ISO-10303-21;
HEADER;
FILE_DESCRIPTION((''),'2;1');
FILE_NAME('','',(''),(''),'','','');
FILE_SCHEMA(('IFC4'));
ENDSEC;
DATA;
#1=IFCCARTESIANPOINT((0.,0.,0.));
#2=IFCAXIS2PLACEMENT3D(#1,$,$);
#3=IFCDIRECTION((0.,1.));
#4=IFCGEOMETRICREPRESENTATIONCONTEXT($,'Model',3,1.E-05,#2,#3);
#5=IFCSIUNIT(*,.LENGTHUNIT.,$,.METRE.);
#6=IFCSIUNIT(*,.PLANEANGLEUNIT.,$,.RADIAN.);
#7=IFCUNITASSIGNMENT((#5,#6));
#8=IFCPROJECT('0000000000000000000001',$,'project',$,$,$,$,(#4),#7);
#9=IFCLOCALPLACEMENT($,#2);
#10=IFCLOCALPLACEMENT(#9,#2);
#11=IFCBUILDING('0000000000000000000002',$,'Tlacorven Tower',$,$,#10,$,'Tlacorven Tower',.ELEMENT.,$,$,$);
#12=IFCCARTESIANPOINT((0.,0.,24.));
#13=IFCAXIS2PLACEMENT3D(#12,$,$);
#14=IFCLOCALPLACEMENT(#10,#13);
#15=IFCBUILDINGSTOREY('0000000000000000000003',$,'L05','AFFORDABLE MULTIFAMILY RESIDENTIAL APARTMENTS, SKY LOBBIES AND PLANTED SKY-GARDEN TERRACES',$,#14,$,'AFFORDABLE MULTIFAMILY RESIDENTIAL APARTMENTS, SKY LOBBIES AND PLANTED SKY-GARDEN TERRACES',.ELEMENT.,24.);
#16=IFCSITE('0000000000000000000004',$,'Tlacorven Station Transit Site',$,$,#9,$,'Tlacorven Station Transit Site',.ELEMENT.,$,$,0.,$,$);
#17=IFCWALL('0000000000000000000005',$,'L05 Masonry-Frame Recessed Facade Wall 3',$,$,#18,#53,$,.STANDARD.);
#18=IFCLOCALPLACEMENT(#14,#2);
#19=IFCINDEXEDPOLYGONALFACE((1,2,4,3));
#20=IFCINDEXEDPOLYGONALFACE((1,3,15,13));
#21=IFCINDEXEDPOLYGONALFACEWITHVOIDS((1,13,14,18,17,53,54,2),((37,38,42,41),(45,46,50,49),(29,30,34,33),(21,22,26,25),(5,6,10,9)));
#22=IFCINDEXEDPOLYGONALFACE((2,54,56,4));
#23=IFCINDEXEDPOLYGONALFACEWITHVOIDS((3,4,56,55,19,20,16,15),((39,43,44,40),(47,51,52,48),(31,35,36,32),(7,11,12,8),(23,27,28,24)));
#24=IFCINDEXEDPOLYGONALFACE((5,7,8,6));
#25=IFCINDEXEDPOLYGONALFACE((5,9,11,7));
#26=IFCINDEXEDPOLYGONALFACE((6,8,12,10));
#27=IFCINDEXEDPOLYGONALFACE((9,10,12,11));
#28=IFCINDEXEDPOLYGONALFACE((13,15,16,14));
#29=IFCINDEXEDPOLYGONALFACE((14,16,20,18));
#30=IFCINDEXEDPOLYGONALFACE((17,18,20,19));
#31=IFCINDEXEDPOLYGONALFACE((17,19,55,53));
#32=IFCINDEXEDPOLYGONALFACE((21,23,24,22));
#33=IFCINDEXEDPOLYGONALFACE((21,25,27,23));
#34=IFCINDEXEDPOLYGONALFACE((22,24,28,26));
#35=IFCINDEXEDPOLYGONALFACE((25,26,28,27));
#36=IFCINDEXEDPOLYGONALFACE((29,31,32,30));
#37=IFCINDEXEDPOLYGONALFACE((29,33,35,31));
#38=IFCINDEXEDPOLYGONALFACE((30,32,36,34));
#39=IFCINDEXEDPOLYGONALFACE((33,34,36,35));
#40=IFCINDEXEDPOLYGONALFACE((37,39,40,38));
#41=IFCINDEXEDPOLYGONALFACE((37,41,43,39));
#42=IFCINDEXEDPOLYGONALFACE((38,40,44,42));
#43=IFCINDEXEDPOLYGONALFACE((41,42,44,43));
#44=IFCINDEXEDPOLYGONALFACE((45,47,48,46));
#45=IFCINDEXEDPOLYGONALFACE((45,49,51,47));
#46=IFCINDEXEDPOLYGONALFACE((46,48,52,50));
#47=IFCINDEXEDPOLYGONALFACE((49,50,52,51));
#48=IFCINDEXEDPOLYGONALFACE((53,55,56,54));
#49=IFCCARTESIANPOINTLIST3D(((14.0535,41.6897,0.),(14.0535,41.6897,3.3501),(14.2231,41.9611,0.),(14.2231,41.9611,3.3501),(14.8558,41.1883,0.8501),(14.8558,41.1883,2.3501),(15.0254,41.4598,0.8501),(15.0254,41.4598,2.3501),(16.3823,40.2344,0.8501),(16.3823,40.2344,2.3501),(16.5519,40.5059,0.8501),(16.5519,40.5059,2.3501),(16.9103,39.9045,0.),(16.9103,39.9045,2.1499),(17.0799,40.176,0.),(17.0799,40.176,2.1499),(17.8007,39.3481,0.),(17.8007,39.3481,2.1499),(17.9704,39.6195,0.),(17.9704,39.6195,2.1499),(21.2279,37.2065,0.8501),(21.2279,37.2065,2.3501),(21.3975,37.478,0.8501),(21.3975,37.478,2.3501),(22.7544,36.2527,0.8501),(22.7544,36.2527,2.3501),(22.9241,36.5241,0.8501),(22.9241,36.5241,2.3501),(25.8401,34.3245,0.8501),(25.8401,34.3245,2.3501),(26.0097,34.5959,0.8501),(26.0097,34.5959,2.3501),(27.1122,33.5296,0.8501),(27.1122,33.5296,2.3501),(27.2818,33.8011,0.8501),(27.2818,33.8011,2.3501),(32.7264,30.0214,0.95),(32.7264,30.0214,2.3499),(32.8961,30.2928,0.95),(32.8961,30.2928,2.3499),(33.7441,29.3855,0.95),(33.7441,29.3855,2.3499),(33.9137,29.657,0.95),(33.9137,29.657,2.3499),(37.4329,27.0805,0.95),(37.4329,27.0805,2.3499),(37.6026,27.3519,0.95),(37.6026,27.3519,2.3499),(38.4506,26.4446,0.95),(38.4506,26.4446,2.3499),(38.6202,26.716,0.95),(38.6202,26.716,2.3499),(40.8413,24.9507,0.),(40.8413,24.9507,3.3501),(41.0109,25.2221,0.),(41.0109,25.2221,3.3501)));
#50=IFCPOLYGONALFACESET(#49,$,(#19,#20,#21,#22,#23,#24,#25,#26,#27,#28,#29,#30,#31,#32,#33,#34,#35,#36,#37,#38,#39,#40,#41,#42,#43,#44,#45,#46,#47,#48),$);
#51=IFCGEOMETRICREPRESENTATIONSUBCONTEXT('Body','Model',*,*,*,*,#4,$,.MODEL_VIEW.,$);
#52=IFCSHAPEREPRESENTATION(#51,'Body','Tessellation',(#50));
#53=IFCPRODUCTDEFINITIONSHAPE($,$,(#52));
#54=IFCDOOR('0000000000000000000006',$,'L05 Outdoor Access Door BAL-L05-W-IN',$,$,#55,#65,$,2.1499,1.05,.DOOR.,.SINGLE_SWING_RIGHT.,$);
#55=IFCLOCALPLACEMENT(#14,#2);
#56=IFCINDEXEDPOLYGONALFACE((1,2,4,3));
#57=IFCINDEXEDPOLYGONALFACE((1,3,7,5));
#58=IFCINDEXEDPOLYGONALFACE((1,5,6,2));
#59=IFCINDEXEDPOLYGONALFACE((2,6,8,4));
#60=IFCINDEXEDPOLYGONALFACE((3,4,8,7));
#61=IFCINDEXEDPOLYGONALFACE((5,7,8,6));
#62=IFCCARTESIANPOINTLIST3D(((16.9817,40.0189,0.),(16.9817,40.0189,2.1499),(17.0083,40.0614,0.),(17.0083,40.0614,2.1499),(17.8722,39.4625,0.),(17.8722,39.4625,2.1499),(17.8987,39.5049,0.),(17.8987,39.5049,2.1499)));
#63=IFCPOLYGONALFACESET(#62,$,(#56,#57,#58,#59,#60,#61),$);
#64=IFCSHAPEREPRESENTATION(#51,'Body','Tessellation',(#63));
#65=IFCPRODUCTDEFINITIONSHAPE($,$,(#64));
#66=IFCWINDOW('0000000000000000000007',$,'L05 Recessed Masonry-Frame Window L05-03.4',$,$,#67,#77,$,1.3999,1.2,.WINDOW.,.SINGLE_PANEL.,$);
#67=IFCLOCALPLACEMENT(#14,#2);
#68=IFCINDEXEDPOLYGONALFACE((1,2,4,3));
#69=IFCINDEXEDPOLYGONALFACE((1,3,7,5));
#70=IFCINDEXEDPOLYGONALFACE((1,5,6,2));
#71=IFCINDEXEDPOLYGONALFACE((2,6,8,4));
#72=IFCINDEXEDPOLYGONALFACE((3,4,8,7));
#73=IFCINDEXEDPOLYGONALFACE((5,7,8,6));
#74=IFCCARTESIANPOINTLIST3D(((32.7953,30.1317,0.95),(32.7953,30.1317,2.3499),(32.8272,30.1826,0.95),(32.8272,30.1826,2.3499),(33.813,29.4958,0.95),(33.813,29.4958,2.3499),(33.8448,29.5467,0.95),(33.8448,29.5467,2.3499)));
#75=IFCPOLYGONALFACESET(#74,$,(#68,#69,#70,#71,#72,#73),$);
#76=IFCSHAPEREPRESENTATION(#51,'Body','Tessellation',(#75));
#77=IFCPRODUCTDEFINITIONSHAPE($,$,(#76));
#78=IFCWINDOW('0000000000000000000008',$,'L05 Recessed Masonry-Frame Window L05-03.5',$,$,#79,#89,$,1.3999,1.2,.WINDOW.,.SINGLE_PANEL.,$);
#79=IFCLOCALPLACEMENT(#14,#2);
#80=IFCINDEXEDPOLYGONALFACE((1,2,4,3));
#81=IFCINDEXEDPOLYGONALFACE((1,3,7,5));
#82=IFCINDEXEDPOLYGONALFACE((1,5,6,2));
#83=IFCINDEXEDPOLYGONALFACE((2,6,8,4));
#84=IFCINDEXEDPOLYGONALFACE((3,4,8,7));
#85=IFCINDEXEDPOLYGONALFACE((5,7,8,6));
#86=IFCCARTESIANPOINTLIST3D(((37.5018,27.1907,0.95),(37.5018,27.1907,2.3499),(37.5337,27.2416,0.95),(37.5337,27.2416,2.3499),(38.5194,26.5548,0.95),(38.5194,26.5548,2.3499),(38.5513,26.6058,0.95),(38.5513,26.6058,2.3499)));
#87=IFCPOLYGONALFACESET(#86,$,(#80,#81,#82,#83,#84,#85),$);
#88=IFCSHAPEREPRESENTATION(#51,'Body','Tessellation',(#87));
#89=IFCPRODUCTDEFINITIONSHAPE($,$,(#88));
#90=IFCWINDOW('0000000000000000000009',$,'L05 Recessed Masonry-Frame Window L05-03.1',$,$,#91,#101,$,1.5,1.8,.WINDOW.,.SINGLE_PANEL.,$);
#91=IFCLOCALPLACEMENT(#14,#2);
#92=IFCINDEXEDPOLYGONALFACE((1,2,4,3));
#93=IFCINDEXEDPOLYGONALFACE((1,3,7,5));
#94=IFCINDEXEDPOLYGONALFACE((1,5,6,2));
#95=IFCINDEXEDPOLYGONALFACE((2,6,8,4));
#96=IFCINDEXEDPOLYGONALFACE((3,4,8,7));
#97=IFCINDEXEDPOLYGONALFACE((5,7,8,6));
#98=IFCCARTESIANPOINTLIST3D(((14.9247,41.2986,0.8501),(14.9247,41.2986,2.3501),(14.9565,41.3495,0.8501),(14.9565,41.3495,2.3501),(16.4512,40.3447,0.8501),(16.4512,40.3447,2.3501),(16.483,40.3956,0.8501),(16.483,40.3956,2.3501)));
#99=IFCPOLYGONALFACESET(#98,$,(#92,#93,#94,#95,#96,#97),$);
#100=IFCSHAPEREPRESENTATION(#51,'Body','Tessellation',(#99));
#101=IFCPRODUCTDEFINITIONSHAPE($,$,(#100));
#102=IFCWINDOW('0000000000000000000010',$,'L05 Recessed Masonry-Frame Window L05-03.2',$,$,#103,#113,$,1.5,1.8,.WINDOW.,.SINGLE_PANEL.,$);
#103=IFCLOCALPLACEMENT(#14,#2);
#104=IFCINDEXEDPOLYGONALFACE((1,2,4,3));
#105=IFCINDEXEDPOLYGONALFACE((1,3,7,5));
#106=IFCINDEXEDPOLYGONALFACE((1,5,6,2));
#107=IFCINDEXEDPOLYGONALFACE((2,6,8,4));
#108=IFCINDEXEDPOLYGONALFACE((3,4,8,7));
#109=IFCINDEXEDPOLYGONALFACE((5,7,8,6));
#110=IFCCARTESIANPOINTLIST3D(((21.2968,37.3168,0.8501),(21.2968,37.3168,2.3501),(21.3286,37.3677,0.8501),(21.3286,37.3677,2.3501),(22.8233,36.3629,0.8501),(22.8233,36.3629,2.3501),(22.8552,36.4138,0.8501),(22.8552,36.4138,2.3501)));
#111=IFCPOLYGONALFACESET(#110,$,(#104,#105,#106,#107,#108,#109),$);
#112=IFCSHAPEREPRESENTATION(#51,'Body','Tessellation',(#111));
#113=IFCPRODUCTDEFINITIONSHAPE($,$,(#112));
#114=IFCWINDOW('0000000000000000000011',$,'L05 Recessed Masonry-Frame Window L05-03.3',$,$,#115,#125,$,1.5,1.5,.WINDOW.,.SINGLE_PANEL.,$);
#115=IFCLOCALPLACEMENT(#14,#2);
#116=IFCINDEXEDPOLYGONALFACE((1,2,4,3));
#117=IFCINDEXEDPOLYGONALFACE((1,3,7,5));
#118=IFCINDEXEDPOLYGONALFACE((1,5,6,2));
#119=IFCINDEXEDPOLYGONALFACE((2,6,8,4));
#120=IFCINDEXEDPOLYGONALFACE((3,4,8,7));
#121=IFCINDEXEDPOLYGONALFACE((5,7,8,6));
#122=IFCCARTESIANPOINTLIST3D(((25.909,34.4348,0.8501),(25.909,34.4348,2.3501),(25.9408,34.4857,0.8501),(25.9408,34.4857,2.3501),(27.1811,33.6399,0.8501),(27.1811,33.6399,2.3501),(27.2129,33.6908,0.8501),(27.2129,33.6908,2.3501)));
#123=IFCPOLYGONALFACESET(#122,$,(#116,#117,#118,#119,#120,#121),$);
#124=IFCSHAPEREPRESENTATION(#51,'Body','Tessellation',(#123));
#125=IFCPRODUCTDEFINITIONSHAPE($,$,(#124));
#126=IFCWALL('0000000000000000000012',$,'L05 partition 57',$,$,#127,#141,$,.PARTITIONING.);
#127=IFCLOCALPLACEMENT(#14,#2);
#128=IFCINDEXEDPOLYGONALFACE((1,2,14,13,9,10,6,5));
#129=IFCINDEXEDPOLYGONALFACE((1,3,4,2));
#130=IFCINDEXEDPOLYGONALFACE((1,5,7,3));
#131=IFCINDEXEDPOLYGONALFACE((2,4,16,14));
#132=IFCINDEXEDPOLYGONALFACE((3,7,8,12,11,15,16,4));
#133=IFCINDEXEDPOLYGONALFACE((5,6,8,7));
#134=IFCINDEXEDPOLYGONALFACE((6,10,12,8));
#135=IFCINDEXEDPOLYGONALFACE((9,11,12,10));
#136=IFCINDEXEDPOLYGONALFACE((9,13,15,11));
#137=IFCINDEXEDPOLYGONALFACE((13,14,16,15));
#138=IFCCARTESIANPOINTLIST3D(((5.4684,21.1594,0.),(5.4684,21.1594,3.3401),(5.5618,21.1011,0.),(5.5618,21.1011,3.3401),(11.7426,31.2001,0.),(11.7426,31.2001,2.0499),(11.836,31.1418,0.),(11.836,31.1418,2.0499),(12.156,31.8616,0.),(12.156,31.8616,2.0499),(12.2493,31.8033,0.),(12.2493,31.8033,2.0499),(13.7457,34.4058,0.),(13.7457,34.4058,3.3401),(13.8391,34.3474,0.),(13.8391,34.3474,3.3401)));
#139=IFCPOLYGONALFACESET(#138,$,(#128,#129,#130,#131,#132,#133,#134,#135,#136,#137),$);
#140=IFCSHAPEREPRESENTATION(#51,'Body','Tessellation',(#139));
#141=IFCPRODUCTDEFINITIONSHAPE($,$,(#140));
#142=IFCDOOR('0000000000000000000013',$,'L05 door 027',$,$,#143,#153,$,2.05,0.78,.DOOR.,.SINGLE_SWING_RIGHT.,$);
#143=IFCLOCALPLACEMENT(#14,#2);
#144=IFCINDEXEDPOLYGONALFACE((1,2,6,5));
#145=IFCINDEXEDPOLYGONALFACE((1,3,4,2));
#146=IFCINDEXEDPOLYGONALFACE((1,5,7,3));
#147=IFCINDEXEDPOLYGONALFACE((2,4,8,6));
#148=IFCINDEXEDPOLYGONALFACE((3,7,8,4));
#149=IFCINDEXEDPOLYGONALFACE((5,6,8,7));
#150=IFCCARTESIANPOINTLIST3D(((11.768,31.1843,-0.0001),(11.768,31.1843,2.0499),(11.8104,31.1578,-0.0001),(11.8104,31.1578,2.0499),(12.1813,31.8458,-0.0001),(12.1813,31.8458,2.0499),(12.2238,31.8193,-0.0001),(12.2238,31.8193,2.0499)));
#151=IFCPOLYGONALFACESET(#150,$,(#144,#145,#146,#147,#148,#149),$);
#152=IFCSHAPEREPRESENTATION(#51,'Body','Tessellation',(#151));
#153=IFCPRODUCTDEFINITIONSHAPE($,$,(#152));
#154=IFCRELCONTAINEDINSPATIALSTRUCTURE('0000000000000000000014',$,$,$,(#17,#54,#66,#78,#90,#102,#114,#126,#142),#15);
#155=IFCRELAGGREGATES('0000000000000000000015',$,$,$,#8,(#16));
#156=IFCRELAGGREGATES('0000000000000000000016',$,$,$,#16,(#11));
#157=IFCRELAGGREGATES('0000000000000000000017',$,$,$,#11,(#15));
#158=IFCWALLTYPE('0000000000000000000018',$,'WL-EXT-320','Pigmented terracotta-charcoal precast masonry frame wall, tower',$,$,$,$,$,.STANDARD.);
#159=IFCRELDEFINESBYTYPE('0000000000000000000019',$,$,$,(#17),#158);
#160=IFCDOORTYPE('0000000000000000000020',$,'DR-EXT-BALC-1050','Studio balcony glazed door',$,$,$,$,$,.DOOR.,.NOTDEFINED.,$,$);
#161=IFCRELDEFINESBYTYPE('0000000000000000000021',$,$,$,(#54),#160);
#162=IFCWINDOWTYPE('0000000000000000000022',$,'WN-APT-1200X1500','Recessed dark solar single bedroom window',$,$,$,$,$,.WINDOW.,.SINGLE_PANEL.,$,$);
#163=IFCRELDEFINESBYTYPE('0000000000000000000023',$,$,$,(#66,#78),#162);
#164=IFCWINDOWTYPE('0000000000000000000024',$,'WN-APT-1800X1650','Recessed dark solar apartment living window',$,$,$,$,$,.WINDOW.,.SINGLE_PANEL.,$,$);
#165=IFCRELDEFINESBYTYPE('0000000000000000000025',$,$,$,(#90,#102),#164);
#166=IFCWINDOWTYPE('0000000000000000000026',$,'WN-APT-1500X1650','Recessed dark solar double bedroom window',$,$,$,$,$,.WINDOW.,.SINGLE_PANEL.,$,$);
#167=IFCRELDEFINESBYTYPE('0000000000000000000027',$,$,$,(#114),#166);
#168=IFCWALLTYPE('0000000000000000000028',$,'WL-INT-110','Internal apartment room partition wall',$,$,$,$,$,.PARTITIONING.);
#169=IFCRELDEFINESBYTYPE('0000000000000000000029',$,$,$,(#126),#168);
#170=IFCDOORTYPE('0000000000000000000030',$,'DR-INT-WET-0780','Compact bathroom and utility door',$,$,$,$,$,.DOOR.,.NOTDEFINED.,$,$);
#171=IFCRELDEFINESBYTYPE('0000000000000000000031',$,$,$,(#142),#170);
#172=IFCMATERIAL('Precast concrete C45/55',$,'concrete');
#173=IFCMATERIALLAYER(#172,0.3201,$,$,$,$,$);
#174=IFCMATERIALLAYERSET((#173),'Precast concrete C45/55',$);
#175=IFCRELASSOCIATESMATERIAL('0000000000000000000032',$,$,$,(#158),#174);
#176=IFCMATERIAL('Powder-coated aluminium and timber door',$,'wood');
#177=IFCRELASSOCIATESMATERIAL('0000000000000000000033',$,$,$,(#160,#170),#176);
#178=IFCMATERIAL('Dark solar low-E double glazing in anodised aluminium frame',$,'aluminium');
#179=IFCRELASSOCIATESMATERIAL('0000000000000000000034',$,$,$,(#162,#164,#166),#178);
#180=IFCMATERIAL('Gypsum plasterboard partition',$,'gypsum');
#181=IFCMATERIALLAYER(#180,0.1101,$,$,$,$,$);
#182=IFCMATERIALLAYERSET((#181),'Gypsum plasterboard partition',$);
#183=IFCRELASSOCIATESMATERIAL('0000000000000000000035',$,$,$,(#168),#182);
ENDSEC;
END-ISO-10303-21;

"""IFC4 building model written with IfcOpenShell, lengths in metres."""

from ifc_helpers import new_model, si_unit, direction, frame, frame_2d, origin, place, context, subcontext, project, spatial, rectangle, extrude, source, transform, mapped, material, layer, layer_set, type_object, element, fill, save


model = new_model("IFC4")

# Units and contexts
model_context = context("Model", 3, precision=1e-05, world=origin(), true_north=direction((0.0, 1.0)))
body_context = subcontext(model_context, "Body", "Model", "MODEL_VIEW")
ifc_project = project(units=[si_unit("LENGTHUNIT", "METRE"), si_unit("PLANEANGLEUNIT", "RADIAN")], contexts=[model_context])

# Site, building, storey
site_placement = place(None, origin())
site = spatial("IfcSite", under=ifc_project, at=site_placement, Name="Tlacorven Station Transit Site", LongName="Tlacorven Station Transit Site", CompositionType="ELEMENT", RefElevation=0.0)
building_placement = place(site_placement, origin())
building = spatial("IfcBuilding", under=site, at=building_placement, Name="Tlacorven Tower", LongName="Tlacorven Tower", CompositionType="ELEMENT")
storey_placement = place(building_placement, frame((0.0, 0.0, 24.0)))
storey = spatial("IfcBuildingStorey", under=building, at=storey_placement, Name="L05", Description="AFFORDABLE MULTIFAMILY RESIDENTIAL APARTMENTS, SKY LOBBIES AND PLANTED SKY-GARDEN TERRACES", LongName="AFFORDABLE MULTIFAMILY RESIDENTIAL APARTMENTS, SKY LOBBIES AND PLANTED SKY-GARDEN TERRACES", CompositionType="ELEMENT", Elevation=24.0)

# Wall, openings, door, windows
ifc_material_1 = material(Name="Precast concrete C45/55", Category="concrete")
ifc_layer_1 = layer(ifc_material_1, 0.3201)
ifc_layer_set_1 = layer_set([ifc_layer_1], Name="Precast concrete C45/55")
wall_type_1 = type_object("IfcWallType", Name="WL-EXT-320", Description="Pigmented terracotta-charcoal precast masonry frame wall, tower", PredefinedType="STANDARD", material=ifc_layer_set_1)
wall_1_placement = place(storey_placement, frame((14.1382, 41.8254, 0.0), z_axis=(0.0, 0.0, 1.0), x_axis=(0.848046, -0.529922, 0.0)))
wall_1 = element("IfcWall", 1, at=wall_1_placement, inside=storey, type_object=wall_type_1, Name="L05 Masonry-Frame Recessed Facade Wall 3", PredefinedType="STANDARD", context=body_context, shape_type="SweptSolid", body=[
    extrude(rectangle(XDim=31.5876, YDim=0.3201, at=frame_2d((15.7939, 0.0))), origin(), (0.0, 0.0, 1.0), 3.3501),
])
opening_1_placement = place(wall_1_placement, frame((3.3689, 0.0, 0.0)))
opening_1 = element("IfcOpeningElement", 2, at=opening_1_placement, cuts=wall_1, PredefinedType="OPENING", context=body_context, shape_type="SweptSolid", body=[
    extrude(rectangle(XDim=1.05, YDim=2.1499, at=frame_2d((0.5249, 1.075))), frame((0.0, 0.1699, 0.0), z_axis=(0.0, -1.0, 0.0), x_axis=(1.0, 0.0, 0.0)), (0.0, 0.0, 1.0), 0.3401),
])
opening_2_placement = place(wall_1_placement, frame((0.9463, 0.0, 0.8501)))
opening_2 = element("IfcOpeningElement", 3, at=opening_2_placement, cuts=wall_1, PredefinedType="OPENING", context=body_context, shape_type="SweptSolid", body=[
    extrude(rectangle(XDim=1.8, YDim=1.5, at=frame_2d((0.8999, 0.75))), frame((0.0, 0.1699, 0.0), z_axis=(0.0, -1.0, 0.0), x_axis=(1.0, 0.0, 0.0)), (0.0, 0.0, 1.0), 0.3401),
])
opening_3_placement = place(wall_1_placement, frame((8.4602, 0.0, 0.8501)))
opening_3 = element("IfcOpeningElement", 4, at=opening_3_placement, cuts=wall_1, PredefinedType="OPENING", context=body_context, shape_type="SweptSolid", body=[
    extrude(rectangle(XDim=1.8, YDim=1.5, at=frame_2d((0.8999, 0.75))), frame((0.0, 0.1699, 0.0), z_axis=(0.0, -1.0, 0.0), x_axis=(1.0, 0.0, 0.0)), (0.0, 0.0, 1.0), 0.3401),
])
opening_4_placement = place(wall_1_placement, frame((13.8987, 0.0, 0.8501)))
opening_4 = element("IfcOpeningElement", 5, at=opening_4_placement, cuts=wall_1, PredefinedType="OPENING", context=body_context, shape_type="SweptSolid", body=[
    extrude(rectangle(XDim=1.5, YDim=1.5, at=frame_2d((0.75, 0.75))), frame((0.0, 0.1699, 0.0), z_axis=(0.0, -1.0, 0.0), x_axis=(1.0, 0.0, 0.0)), (0.0, 0.0, 1.0), 0.3401),
])
opening_5_placement = place(wall_1_placement, frame((22.0188, 0.0, 0.95)))
opening_5 = element("IfcOpeningElement", 6, at=opening_5_placement, cuts=wall_1, PredefinedType="OPENING", context=body_context, shape_type="SweptSolid", body=[
    extrude(rectangle(XDim=1.2, YDim=1.3999, at=frame_2d((0.6001, 0.7))), frame((0.0, 0.1699, 0.0), z_axis=(0.0, -1.0, 0.0), x_axis=(1.0, 0.0, 0.0)), (0.0, 0.0, 1.0), 0.3401),
])
opening_6_placement = place(wall_1_placement, frame((27.5686, 0.0, 0.95)))
opening_6 = element("IfcOpeningElement", 7, at=opening_6_placement, cuts=wall_1, PredefinedType="OPENING", context=body_context, shape_type="SweptSolid", body=[
    extrude(rectangle(XDim=1.2, YDim=1.3999, at=frame_2d((0.6001, 0.7))), frame((0.0, 0.1699, 0.0), z_axis=(0.0, -1.0, 0.0), x_axis=(1.0, 0.0, 0.0)), (0.0, 0.0, 1.0), 0.3401),
])
ifc_material_2 = material(Name="Powder-coated aluminium and timber door", Category="wood")
door_type_1 = type_object("IfcDoorType", Name="DR-EXT-BALC-1050", Description="Studio balcony glazed door", OperationType="NOTDEFINED", PredefinedType="DOOR", material=ifc_material_2)
shared_shape_1 = source(origin(), body_context, "Body", "SweptSolid", [
    extrude(rectangle(XDim=1.05, YDim=2.1499, at=frame_2d((0.5249, 1.075))), frame((0.0, 0.0249, 0.0), z_axis=(0.0, -1.0, 0.0), x_axis=(1.0, 0.0, 0.0)), (0.0, 0.0, 1.0), 0.05),
])
door_1_placement = place(opening_1_placement, origin())
door_1 = element("IfcDoor", 8, at=door_1_placement, inside=storey, type_object=door_type_1, Name="L05 Outdoor Access Door BAL-L05-W-IN", OperationType="SINGLE_SWING_RIGHT", OverallHeight=2.1499, OverallWidth=1.05, PredefinedType="DOOR", context=body_context, shape_type="MappedRepresentation", body=[
    mapped(shared_shape_1, transform((0.0, 0.0, 0.0), scale=1.0)),
])
fill(opening_1, door_1)
ifc_material_3 = material(Name="Dark solar low-E double glazing in anodised aluminium frame", Category="aluminium")
window_type_1 = type_object("IfcWindowType", Name="WN-APT-1200X1500", Description="Recessed dark solar single bedroom window", PartitioningType="SINGLE_PANEL", PredefinedType="WINDOW", material=ifc_material_3)
shared_shape_2 = source(origin(), body_context, "Body", "SweptSolid", [
    extrude(rectangle(XDim=1.2, YDim=1.3999, at=frame_2d((0.6001, 0.7))), frame((0.0, 0.03, 0.0), z_axis=(0.0, -1.0, 0.0), x_axis=(1.0, 0.0, 0.0)), (0.0, 0.0, 1.0), 0.0601),
])
window_1_placement = place(opening_5_placement, origin())
window_1 = element("IfcWindow", 9, at=window_1_placement, inside=storey, type_object=window_type_1, Name="L05 Recessed Masonry-Frame Window L05-03.4", OverallHeight=1.3999, OverallWidth=1.2, PartitioningType="SINGLE_PANEL", PredefinedType="WINDOW", context=body_context, shape_type="MappedRepresentation", body=[
    mapped(shared_shape_2, transform((0.0, 0.0, 0.0), scale=1.0)),
])
fill(opening_5, window_1)
window_2_placement = place(opening_6_placement, origin())
window_2 = element("IfcWindow", 10, at=window_2_placement, inside=storey, type_object=window_type_1, Name="L05 Recessed Masonry-Frame Window L05-03.5", OverallHeight=1.3999, OverallWidth=1.2, PartitioningType="SINGLE_PANEL", PredefinedType="WINDOW", context=body_context, shape_type="MappedRepresentation", body=[
    mapped(shared_shape_2, transform((0.0, 0.0, 0.0), scale=1.0)),
])
fill(opening_6, window_2)
window_type_2 = type_object("IfcWindowType", Name="WN-APT-1800X1650", Description="Recessed dark solar apartment living window", PartitioningType="SINGLE_PANEL", PredefinedType="WINDOW", material=ifc_material_3)
shared_shape_3 = source(origin(), body_context, "Body", "SweptSolid", [
    extrude(rectangle(XDim=1.8, YDim=1.5, at=frame_2d((0.8999, 0.75))), frame((0.0, 0.03, 0.0), z_axis=(0.0, -1.0, 0.0), x_axis=(1.0, 0.0, 0.0)), (0.0, 0.0, 1.0), 0.0601),
])
window_3_placement = place(opening_2_placement, origin())
window_3 = element("IfcWindow", 11, at=window_3_placement, inside=storey, type_object=window_type_2, Name="L05 Recessed Masonry-Frame Window L05-03.1", OverallHeight=1.5, OverallWidth=1.8, PartitioningType="SINGLE_PANEL", PredefinedType="WINDOW", context=body_context, shape_type="MappedRepresentation", body=[
    mapped(shared_shape_3, transform((0.0, 0.0, 0.0), scale=1.0)),
])
fill(opening_2, window_3)
window_4_placement = place(opening_3_placement, origin())
window_4 = element("IfcWindow", 12, at=window_4_placement, inside=storey, type_object=window_type_2, Name="L05 Recessed Masonry-Frame Window L05-03.2", OverallHeight=1.5, OverallWidth=1.8, PartitioningType="SINGLE_PANEL", PredefinedType="WINDOW", context=body_context, shape_type="MappedRepresentation", body=[
    mapped(shared_shape_3, transform((0.0, 0.0, 0.0), scale=1.0)),
])
fill(opening_3, window_4)
window_type_3 = type_object("IfcWindowType", Name="WN-APT-1500X1650", Description="Recessed dark solar double bedroom window", PartitioningType="SINGLE_PANEL", PredefinedType="WINDOW", material=ifc_material_3)
shared_shape_4 = source(origin(), body_context, "Body", "SweptSolid", [
    extrude(rectangle(XDim=1.5, YDim=1.5, at=frame_2d((0.75, 0.75))), frame((0.0, 0.03, 0.0), z_axis=(0.0, -1.0, 0.0), x_axis=(1.0, 0.0, 0.0)), (0.0, 0.0, 1.0), 0.0601),
])
window_5_placement = place(opening_4_placement, origin())
window_5 = element("IfcWindow", 13, at=window_5_placement, inside=storey, type_object=window_type_3, Name="L05 Recessed Masonry-Frame Window L05-03.3", OverallHeight=1.5, OverallWidth=1.5, PartitioningType="SINGLE_PANEL", PredefinedType="WINDOW", context=body_context, shape_type="MappedRepresentation", body=[
    mapped(shared_shape_4, transform((0.0, 0.0, 0.0), scale=1.0)),
])
fill(opening_4, window_5)

# Wall, opening, door
ifc_material_4 = material(Name="Gypsum plasterboard partition", Category="gypsum")
ifc_layer_2 = layer(ifc_material_4, 0.1101)
ifc_layer_set_2 = layer_set([ifc_layer_2], Name="Gypsum plasterboard partition")
wall_type_2 = type_object("IfcWallType", Name="WL-INT-110", Description="Internal apartment room partition wall", PredefinedType="PARTITIONING", material=ifc_layer_set_2)
wall_2_placement = place(storey_placement, frame((13.7925, 34.3767, 0.0), z_axis=(0.0, 0.0, 1.0), x_axis=(-0.529924, -0.848045, 0.0)))
wall_2 = element("IfcWall", 14, at=wall_2_placement, inside=storey, type_object=wall_type_2, Name="L05 partition 57", PredefinedType="PARTITIONING", context=body_context, shape_type="SweptSolid", body=[
    extrude(rectangle(XDim=15.6199, YDim=0.1101, at=frame_2d((7.8101, 0.0))), origin(), (0.0, 0.0, 1.0), 3.3401),
])
opening_7_placement = place(wall_2_placement, frame((3.0, 0.0, 0.0)))
opening_7 = element("IfcOpeningElement", 15, at=opening_7_placement, cuts=wall_2, PredefinedType="OPENING", context=body_context, shape_type="SweptSolid", body=[
    extrude(rectangle(XDim=0.78, YDim=2.05, at=frame_2d((0.3901, 1.0249))), frame((0.0, 0.0649, 0.0), z_axis=(0.0, -1.0, 0.0), x_axis=(1.0, 0.0, 0.0)), (0.0, 0.0, 1.0), 0.1301),
])
door_type_2 = type_object("IfcDoorType", Name="DR-INT-WET-0780", Description="Compact bathroom and utility door", OperationType="NOTDEFINED", PredefinedType="DOOR", material=ifc_material_2)
shared_shape_5 = source(origin(), body_context, "Body", "SweptSolid", [
    extrude(rectangle(XDim=0.78, YDim=2.05, at=frame_2d((0.3901, 1.0249))), frame((0.0, 0.0249, 0.0), z_axis=(0.0, -1.0, 0.0), x_axis=(1.0, 0.0, 0.0)), (0.0, 0.0, 1.0), 0.05),
])
door_2_placement = place(opening_7_placement, origin())
door_2 = element("IfcDoor", 16, at=door_2_placement, inside=storey, type_object=door_type_2, Name="L05 door 027", OperationType="SINGLE_SWING_RIGHT", OverallHeight=2.05, OverallWidth=0.78, PredefinedType="DOOR", context=body_context, shape_type="MappedRepresentation", body=[
    mapped(shared_shape_5, transform((0.0, 0.0, 0.0), scale=1.0)),
])
fill(opening_7, door_2)

save(model, "model.ifc")
